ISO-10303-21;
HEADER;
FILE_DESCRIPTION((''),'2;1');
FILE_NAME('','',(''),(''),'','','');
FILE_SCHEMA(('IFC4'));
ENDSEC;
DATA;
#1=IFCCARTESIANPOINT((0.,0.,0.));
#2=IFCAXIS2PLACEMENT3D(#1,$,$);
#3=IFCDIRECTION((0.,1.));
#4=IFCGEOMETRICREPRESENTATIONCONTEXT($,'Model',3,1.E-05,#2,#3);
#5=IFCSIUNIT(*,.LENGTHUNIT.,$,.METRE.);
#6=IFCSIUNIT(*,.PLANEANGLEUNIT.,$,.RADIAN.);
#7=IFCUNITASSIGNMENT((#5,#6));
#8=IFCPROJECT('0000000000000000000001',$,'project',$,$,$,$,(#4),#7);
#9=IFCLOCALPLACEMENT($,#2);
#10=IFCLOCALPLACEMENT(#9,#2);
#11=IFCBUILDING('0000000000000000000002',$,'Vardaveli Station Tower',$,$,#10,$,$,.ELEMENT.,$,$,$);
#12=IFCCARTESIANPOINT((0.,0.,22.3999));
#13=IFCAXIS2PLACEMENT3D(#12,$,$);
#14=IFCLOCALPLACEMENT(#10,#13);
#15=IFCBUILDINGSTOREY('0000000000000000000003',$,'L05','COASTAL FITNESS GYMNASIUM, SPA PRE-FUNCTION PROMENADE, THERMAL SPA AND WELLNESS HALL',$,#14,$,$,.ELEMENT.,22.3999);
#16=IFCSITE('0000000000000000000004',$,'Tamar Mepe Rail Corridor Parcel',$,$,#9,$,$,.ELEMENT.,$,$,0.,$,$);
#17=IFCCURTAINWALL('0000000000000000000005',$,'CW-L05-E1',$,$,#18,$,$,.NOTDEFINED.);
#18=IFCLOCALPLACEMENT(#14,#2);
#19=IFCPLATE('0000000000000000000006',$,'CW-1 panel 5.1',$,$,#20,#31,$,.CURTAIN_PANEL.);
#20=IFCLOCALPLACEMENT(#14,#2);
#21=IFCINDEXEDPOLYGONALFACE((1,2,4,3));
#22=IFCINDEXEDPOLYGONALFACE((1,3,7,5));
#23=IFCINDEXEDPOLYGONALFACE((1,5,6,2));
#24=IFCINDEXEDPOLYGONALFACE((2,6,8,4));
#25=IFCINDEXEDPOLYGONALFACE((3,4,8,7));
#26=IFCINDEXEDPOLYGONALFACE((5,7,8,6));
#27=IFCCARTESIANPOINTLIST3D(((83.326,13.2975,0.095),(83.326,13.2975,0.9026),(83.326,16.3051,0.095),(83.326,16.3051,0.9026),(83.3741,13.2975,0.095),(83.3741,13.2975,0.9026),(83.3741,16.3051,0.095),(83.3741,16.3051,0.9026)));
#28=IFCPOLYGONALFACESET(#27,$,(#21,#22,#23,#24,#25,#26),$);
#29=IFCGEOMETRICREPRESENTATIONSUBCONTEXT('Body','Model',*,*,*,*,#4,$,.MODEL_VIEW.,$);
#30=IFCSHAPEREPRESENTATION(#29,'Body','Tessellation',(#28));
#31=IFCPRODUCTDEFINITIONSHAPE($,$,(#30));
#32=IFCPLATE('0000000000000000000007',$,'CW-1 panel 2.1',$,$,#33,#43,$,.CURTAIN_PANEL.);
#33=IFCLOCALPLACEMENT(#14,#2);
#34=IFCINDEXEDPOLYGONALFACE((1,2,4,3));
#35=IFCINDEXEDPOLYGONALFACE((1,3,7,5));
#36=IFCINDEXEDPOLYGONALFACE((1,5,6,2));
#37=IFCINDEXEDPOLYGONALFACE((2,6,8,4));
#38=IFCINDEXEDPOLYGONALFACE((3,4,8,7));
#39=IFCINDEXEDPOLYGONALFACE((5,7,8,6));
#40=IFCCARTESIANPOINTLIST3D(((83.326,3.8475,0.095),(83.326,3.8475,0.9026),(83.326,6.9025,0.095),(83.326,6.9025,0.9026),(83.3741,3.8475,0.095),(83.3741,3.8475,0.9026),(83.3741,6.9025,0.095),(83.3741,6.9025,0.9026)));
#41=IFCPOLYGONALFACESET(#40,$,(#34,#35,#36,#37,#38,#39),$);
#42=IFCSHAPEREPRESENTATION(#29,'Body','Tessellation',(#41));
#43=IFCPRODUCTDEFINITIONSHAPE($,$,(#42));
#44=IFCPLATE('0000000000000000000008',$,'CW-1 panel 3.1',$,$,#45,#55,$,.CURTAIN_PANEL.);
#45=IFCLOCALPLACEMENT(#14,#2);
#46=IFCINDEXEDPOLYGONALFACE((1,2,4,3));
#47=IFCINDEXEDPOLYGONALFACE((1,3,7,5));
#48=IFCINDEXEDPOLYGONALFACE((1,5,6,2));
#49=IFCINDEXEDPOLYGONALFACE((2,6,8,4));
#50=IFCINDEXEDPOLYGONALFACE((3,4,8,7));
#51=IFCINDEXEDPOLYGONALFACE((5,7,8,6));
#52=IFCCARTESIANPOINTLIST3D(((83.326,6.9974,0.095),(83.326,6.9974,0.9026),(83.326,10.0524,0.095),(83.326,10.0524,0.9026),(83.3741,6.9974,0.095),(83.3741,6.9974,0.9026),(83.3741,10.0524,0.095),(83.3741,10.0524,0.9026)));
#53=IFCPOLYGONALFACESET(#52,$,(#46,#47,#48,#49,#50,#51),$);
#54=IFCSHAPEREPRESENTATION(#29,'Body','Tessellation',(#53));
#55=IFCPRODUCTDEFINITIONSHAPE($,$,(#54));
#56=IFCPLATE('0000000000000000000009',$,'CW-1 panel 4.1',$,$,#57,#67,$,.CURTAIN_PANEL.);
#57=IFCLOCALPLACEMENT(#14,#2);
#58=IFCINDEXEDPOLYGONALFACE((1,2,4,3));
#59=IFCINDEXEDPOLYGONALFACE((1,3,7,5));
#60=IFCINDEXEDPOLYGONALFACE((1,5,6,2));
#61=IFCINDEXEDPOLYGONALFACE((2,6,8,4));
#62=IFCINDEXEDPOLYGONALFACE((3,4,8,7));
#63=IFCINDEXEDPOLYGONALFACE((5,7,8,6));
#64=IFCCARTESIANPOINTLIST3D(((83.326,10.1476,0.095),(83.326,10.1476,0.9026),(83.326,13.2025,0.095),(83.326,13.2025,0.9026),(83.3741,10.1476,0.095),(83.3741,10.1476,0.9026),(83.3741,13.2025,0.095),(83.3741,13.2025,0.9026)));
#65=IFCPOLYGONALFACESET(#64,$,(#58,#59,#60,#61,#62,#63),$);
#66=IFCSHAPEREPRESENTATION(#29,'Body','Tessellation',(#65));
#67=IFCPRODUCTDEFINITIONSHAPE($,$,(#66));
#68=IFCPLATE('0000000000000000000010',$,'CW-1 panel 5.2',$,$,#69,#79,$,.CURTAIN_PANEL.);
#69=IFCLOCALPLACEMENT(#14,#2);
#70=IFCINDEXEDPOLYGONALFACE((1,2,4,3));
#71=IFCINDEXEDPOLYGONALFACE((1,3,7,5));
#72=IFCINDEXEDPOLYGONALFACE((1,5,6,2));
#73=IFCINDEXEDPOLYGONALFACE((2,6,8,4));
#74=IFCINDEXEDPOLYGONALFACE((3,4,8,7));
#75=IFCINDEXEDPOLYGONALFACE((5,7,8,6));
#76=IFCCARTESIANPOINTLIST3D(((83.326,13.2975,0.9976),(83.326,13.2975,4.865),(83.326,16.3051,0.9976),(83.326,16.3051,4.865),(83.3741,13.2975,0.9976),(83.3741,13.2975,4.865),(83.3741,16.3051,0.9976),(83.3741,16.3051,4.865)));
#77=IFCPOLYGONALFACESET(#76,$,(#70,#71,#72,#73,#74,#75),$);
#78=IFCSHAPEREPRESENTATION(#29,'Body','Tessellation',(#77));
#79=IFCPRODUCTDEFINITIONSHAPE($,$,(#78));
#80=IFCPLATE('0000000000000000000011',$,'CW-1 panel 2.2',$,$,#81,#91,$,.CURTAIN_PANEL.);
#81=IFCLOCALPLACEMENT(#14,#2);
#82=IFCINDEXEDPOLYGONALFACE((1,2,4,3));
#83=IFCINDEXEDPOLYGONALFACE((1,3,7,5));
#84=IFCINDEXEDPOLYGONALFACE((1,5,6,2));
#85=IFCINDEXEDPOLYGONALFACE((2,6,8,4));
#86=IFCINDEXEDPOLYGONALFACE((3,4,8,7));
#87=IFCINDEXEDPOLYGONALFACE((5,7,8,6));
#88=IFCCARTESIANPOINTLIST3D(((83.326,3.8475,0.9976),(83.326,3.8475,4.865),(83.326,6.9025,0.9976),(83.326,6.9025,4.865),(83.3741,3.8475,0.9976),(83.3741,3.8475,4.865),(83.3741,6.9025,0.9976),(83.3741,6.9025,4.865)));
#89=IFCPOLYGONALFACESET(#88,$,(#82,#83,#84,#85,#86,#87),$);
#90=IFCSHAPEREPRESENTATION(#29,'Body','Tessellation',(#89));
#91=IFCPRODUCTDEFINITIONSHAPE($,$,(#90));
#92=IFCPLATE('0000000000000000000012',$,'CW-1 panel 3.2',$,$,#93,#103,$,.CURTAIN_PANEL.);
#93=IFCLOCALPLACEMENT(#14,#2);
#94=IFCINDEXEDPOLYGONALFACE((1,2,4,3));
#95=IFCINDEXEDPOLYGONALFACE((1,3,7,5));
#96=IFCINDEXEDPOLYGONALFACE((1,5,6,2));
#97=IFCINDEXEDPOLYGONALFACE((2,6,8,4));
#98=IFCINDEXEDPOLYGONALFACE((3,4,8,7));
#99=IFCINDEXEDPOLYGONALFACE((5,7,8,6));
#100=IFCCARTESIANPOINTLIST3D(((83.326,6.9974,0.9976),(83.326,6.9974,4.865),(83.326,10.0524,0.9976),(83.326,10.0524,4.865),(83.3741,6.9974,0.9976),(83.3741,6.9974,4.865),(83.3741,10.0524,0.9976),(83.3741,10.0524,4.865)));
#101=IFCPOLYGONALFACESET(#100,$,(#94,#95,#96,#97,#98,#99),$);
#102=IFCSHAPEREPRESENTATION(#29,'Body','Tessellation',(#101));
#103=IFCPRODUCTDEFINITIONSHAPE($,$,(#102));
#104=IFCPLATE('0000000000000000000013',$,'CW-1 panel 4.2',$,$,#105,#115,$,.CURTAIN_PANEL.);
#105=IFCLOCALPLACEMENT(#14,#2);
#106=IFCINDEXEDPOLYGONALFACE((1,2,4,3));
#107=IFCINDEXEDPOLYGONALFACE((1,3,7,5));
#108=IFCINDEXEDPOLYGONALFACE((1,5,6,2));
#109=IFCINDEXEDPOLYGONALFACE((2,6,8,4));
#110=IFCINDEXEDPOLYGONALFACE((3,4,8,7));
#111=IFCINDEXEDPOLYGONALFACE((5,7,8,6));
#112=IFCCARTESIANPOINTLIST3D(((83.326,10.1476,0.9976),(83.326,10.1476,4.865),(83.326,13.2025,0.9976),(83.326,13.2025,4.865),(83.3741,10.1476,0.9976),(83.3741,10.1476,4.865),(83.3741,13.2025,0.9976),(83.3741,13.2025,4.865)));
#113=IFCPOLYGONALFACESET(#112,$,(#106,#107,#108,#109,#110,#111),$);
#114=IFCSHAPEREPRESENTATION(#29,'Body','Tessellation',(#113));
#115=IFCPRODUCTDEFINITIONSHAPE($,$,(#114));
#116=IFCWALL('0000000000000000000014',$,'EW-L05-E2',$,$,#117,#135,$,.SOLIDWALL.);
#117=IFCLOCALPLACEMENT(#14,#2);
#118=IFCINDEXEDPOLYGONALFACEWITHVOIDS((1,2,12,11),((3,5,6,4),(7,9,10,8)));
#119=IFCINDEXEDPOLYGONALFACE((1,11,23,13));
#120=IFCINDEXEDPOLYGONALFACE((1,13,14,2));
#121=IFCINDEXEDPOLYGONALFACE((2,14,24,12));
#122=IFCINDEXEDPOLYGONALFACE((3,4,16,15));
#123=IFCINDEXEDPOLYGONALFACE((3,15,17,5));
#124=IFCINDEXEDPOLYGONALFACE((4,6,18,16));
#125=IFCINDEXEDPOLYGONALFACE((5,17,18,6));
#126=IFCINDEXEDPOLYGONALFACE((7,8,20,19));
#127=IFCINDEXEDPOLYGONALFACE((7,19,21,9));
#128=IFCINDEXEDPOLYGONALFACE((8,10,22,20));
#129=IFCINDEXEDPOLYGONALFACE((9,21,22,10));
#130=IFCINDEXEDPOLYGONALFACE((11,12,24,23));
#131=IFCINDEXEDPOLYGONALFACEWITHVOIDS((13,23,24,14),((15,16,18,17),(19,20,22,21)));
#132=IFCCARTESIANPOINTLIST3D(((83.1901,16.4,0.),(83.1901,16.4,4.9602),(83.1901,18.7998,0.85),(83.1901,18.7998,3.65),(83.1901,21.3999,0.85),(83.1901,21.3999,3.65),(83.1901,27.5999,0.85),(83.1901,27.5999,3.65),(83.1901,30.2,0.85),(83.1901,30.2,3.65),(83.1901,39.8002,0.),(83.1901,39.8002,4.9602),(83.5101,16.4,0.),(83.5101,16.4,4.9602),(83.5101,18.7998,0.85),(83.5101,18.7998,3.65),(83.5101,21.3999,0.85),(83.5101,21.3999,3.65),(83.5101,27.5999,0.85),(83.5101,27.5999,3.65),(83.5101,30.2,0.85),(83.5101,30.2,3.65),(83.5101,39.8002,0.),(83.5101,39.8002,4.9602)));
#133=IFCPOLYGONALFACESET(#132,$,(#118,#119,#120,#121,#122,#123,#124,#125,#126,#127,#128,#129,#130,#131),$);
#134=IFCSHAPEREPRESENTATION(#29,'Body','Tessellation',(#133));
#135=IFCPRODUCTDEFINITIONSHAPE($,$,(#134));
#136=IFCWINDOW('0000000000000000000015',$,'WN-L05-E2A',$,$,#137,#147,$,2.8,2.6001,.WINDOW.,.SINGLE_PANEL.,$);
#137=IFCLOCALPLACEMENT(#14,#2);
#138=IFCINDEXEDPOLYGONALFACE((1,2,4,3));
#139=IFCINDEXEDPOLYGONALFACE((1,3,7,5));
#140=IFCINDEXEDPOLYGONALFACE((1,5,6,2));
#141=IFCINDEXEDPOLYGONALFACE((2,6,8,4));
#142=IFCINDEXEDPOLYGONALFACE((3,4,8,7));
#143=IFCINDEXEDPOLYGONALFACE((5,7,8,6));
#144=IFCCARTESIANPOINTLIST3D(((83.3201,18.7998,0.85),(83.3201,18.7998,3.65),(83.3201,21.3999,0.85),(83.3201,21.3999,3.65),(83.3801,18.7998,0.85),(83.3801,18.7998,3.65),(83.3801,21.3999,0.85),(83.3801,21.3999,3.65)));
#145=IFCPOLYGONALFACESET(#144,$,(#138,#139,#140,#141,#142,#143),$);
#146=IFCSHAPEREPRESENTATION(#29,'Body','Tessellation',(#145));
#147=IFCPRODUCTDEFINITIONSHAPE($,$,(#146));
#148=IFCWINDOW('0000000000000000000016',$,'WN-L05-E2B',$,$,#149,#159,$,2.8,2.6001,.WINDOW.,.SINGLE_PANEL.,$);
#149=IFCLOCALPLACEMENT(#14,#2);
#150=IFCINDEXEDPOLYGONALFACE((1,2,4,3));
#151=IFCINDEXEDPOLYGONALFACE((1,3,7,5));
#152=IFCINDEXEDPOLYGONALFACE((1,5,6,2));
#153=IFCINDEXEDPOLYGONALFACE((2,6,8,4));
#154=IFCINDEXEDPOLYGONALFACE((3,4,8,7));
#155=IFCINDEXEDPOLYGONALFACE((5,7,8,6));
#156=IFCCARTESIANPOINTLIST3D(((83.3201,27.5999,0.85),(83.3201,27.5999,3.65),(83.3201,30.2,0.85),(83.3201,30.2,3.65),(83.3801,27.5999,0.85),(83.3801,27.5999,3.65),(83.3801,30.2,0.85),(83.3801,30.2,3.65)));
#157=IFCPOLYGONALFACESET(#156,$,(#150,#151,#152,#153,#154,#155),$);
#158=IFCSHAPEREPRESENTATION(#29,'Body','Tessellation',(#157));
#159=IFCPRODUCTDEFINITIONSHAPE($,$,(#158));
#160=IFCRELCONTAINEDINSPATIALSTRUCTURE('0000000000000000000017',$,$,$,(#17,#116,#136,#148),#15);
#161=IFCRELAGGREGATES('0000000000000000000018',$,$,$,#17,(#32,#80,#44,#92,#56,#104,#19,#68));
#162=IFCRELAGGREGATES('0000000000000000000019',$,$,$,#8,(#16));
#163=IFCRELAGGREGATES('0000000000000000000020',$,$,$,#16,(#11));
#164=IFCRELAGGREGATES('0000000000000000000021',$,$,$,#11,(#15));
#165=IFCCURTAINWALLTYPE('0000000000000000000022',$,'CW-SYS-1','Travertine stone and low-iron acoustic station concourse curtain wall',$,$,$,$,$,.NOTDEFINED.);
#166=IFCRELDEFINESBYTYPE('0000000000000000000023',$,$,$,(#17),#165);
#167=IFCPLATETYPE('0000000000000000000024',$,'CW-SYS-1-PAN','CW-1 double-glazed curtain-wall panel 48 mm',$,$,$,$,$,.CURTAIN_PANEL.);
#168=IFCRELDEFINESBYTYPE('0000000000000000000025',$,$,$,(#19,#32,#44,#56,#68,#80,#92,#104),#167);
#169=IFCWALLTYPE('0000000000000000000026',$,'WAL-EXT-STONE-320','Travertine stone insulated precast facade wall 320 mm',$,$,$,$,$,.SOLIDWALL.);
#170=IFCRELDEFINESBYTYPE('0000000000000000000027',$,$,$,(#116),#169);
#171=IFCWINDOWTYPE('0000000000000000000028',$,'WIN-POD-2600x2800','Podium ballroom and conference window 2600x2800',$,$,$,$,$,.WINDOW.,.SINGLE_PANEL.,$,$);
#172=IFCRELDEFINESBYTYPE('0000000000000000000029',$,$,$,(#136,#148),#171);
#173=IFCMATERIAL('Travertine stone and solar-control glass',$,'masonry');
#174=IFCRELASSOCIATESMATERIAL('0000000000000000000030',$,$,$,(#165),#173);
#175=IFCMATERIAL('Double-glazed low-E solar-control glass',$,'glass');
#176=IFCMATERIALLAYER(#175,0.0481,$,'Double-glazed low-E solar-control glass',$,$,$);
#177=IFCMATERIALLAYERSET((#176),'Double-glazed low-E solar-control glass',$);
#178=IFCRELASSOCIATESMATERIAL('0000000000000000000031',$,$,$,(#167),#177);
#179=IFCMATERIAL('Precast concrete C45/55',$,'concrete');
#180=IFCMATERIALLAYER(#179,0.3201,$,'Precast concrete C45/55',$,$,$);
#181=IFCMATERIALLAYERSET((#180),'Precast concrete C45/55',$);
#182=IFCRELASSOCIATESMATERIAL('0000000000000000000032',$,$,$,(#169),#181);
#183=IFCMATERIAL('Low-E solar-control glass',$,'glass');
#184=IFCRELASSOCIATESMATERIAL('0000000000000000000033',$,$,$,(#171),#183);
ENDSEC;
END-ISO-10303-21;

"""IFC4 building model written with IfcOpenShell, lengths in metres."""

from ifc_helpers import new_model, si_unit, direction, frame, frame_2d, origin, origin_2d, place, context, subcontext, project, spatial, rectangle, extrude, source, transform, mapped, material, layer, layer_set, type_object, element, fill, aggregate, save


model = new_model("IFC4")

# Units and contexts
model_context = context("Model", 3, precision=1e-05, world=origin(), true_north=direction((0.0, 1.0)))
body_context = subcontext(model_context, "Body", "Model", "MODEL_VIEW")
ifc_project = project(units=[si_unit("LENGTHUNIT", "METRE"), si_unit("PLANEANGLEUNIT", "RADIAN")], contexts=[model_context])

# Site, building, storey
site_placement = place(None, origin())
site = spatial("IfcSite", under=ifc_project, at=site_placement, Name="Tamar Mepe Rail Corridor Parcel", CompositionType="ELEMENT", RefElevation=0.0)
building_placement = place(site_placement, origin())
building = spatial("IfcBuilding", under=site, at=building_placement, Name="Vardaveli Station Tower", CompositionType="ELEMENT")
storey_placement = place(building_placement, frame((0.0, 0.0, 22.3999)))
storey = spatial("IfcBuildingStorey", under=building, at=storey_placement, Name="L05", Description="COASTAL FITNESS GYMNASIUM, SPA PRE-FUNCTION PROMENADE, THERMAL SPA AND WELLNESS HALL", CompositionType="ELEMENT", Elevation=22.3999)

# Curtain wall, plates
ifc_material_1 = material(Name="Travertine stone and solar-control glass", Category="masonry")
curtain_wall_type = type_object("IfcCurtainWallType", Name="CW-SYS-1", Description="Travertine stone and low-iron acoustic station concourse curtain wall", PredefinedType="NOTDEFINED", material=ifc_material_1)
curtain_wall_placement = place(storey_placement, origin())
curtain_wall = element("IfcCurtainWall", 1, at=curtain_wall_placement, inside=storey, type_object=curtain_wall_type, Name="CW-L05-E1", PredefinedType="NOTDEFINED")
ifc_material_2 = material(Name="Double-glazed low-E solar-control glass", Category="glass")
ifc_layer_1 = layer(ifc_material_2, 0.0481, Name="Double-glazed low-E solar-control glass")
ifc_layer_set_1 = layer_set([ifc_layer_1], Name="Double-glazed low-E solar-control glass")
plate_type = type_object("IfcPlateType", Name="CW-SYS-1-PAN", Description="CW-1 double-glazed curtain-wall panel 48 mm", PredefinedType="CURTAIN_PANEL", material=ifc_layer_set_1)
shared_shape_1 = source(origin(), body_context, "Body", "SweptSolid", [
    extrude(rectangle(XDim=3.0076, YDim=0.0481, at=origin_2d()), origin(), (0.0, 0.0, 1.0), 0.8076),
])
plate_1_placement = place(storey_placement, frame((83.3501, 14.8013, 0.095), z_axis=(0.0, 0.0, 1.0), x_axis=(0.0, 1.0, 0.0)))
plate_1 = element("IfcPlate", 2, at=plate_1_placement, type_object=plate_type, Name="CW-1 panel 5.1", PredefinedType="CURTAIN_PANEL", context=body_context, shape_type="MappedRepresentation", body=[
    mapped(shared_shape_1, transform((0.0, 0.0, 0.0), scale=1.0)),
])
shared_shape_2 = source(origin(), body_context, "Body", "SweptSolid", [
    extrude(rectangle(XDim=3.0549, YDim=0.0481, at=origin_2d()), origin(), (0.0, 0.0, 1.0), 0.8076),
])
plate_2_placement = place(storey_placement, frame((83.3501, 5.375, 0.095), z_axis=(0.0, 0.0, 1.0), x_axis=(0.0, 1.0, 0.0)))
plate_2 = element("IfcPlate", 3, at=plate_2_placement, type_object=plate_type, Name="CW-1 panel 2.1", PredefinedType="CURTAIN_PANEL", context=body_context, shape_type="MappedRepresentation", body=[
    mapped(shared_shape_2, transform((0.0, 0.0, 0.0), scale=1.0)),
])
plate_3_placement = place(storey_placement, frame((83.3501, 8.5249, 0.095), z_axis=(0.0, 0.0, 1.0), x_axis=(0.0, 1.0, 0.0)))
plate_3 = element("IfcPlate", 4, at=plate_3_placement, type_object=plate_type, Name="CW-1 panel 3.1", PredefinedType="CURTAIN_PANEL", context=body_context, shape_type="MappedRepresentation", body=[
    mapped(shared_shape_2, transform((0.0, 0.0, 0.0), scale=1.0)),
])
plate_4_placement = place(storey_placement, frame((83.3501, 11.675, 0.095), z_axis=(0.0, 0.0, 1.0), x_axis=(0.0, 1.0, 0.0)))
plate_4 = element("IfcPlate", 5, at=plate_4_placement, type_object=plate_type, Name="CW-1 panel 4.1", PredefinedType="CURTAIN_PANEL", context=body_context, shape_type="MappedRepresentation", body=[
    mapped(shared_shape_2, transform((0.0, 0.0, 0.0), scale=1.0)),
])
shared_shape_3 = source(origin(), body_context, "Body", "SweptSolid", [
    extrude(rectangle(XDim=3.0076, YDim=0.0481, at=origin_2d()), origin(), (0.0, 0.0, 1.0), 3.8674),
])
plate_5_placement = place(storey_placement, frame((83.3501, 14.8013, 0.9976), z_axis=(0.0, 0.0, 1.0), x_axis=(0.0, 1.0, 0.0)))
plate_5 = element("IfcPlate", 6, at=plate_5_placement, type_object=plate_type, Name="CW-1 panel 5.2", PredefinedType="CURTAIN_PANEL", context=body_context, shape_type="MappedRepresentation", body=[
    mapped(shared_shape_3, transform((0.0, 0.0, 0.0), scale=1.0)),
])
shared_shape_4 = source(origin(), body_context, "Body", "SweptSolid", [
    extrude(rectangle(XDim=3.0549, YDim=0.0481, at=origin_2d()), origin(), (0.0, 0.0, 1.0), 3.8674),
])
plate_6_placement = place(storey_placement, frame((83.3501, 5.375, 0.9976), z_axis=(0.0, 0.0, 1.0), x_axis=(0.0, 1.0, 0.0)))
plate_6 = element("IfcPlate", 7, at=plate_6_placement, type_object=plate_type, Name="CW-1 panel 2.2", PredefinedType="CURTAIN_PANEL", context=body_context, shape_type="MappedRepresentation", body=[
    mapped(shared_shape_4, transform((0.0, 0.0, 0.0), scale=1.0)),
])
plate_7_placement = place(storey_placement, frame((83.3501, 8.5249, 0.9976), z_axis=(0.0, 0.0, 1.0), x_axis=(0.0, 1.0, 0.0)))
plate_7 = element("IfcPlate", 8, at=plate_7_placement, type_object=plate_type, Name="CW-1 panel 3.2", PredefinedType="CURTAIN_PANEL", context=body_context, shape_type="MappedRepresentation", body=[
    mapped(shared_shape_4, transform((0.0, 0.0, 0.0), scale=1.0)),
])
plate_8_placement = place(storey_placement, frame((83.3501, 11.675, 0.9976), z_axis=(0.0, 0.0, 1.0), x_axis=(0.0, 1.0, 0.0)))
plate_8 = element("IfcPlate", 9, at=plate_8_placement, type_object=plate_type, Name="CW-1 panel 4.2", PredefinedType="CURTAIN_PANEL", context=body_context, shape_type="MappedRepresentation", body=[
    mapped(shared_shape_4, transform((0.0, 0.0, 0.0), scale=1.0)),
])
aggregate(curtain_wall, [plate_2, plate_6, plate_3, plate_7, plate_4, plate_8, plate_1, plate_5])

# Wall, openings, windows
ifc_material_3 = material(Name="Precast concrete C45/55", Category="concrete")
ifc_layer_2 = layer(ifc_material_3, 0.3201, Name="Precast concrete C45/55")
ifc_layer_set_2 = layer_set([ifc_layer_2], Name="Precast concrete C45/55")
wall_type = type_object("IfcWallType", Name="WAL-EXT-STONE-320", Description="Travertine stone insulated precast facade wall 320 mm", PredefinedType="SOLIDWALL", material=ifc_layer_set_2)
shared_shape_5 = source(origin(), body_context, "Body", "SweptSolid", [
    extrude(rectangle(XDim=23.4001, YDim=0.3201, at=frame_2d((11.7002, 0.0))), origin(), (0.0, 0.0, 1.0), 4.9602),
])
wall_placement = place(storey_placement, frame((83.3501, 16.3999, 0.0), z_axis=(0.0, 0.0, 1.0), x_axis=(0.0, 1.0, 0.0)))
wall = element("IfcWall", 10, at=wall_placement, inside=storey, type_object=wall_type, Name="EW-L05-E2", PredefinedType="SOLIDWALL", context=body_context, shape_type="MappedRepresentation", body=[
    mapped(shared_shape_5, transform((0.0, 0.0, 0.0), scale=1.0)),
])
shared_shape_6 = source(origin(), body_context, "Body", "SweptSolid", [
    extrude(rectangle(XDim=2.6001, YDim=2.8, at=frame_2d((1.3, 1.3999))), frame((0.0, 0.1699, 0.0), z_axis=(0.0, -1.0, 0.0), x_axis=(1.0, 0.0, 0.0)), (0.0, 0.0, 1.0), 0.3401),
])
opening_1_placement = place(wall_placement, frame((2.3999, 0.0, 0.8501)))
opening_1 = element("IfcOpeningElement", 11, at=opening_1_placement, cuts=wall, PredefinedType="OPENING", context=body_context, shape_type="MappedRepresentation", body=[
    mapped(shared_shape_6, transform((0.0, 0.0, 0.0), scale=1.0)),
])
opening_2_placement = place(wall_placement, frame((11.2, 0.0, 0.8501)))
opening_2 = element("IfcOpeningElement", 12, at=opening_2_placement, cuts=wall, PredefinedType="OPENING", context=body_context, shape_type="MappedRepresentation", body=[
    mapped(shared_shape_6, transform((0.0, 0.0, 0.0), scale=1.0)),
])
ifc_material_4 = material(Name="Low-E solar-control glass", Category="glass")
window_type = type_object("IfcWindowType", Name="WIN-POD-2600x2800", Description="Podium ballroom and conference window 2600x2800", PartitioningType="SINGLE_PANEL", PredefinedType="WINDOW", material=ifc_material_4)
shared_shape_7 = source(origin(), body_context, "Body", "SweptSolid", [
    extrude(rectangle(XDim=2.6001, YDim=2.8, at=frame_2d((1.3, 1.3999))), frame((0.0, 0.03, 0.0), z_axis=(0.0, -1.0, 0.0), x_axis=(1.0, 0.0, 0.0)), (0.0, 0.0, 1.0), 0.0601),
])
window_1_placement = place(opening_1_placement, origin())
window_1 = element("IfcWindow", 13, at=window_1_placement, inside=storey, type_object=window_type, Name="WN-L05-E2A", OverallHeight=2.8, OverallWidth=2.6001, PartitioningType="SINGLE_PANEL", PredefinedType="WINDOW", context=body_context, shape_type="MappedRepresentation", body=[
    mapped(shared_shape_7, transform((0.0, 0.0, 0.0), scale=1.0)),
])
fill(opening_1, window_1)
window_2_placement = place(opening_2_placement, origin())
window_2 = element("IfcWindow", 14, at=window_2_placement, inside=storey, type_object=window_type, Name="WN-L05-E2B", OverallHeight=2.8, OverallWidth=2.6001, PartitioningType="SINGLE_PANEL", PredefinedType="WINDOW", context=body_context, shape_type="MappedRepresentation", body=[
    mapped(shared_shape_7, transform((0.0, 0.0, 0.0), scale=1.0)),
])
fill(opening_2, window_2)

save(model, "model.ifc")
